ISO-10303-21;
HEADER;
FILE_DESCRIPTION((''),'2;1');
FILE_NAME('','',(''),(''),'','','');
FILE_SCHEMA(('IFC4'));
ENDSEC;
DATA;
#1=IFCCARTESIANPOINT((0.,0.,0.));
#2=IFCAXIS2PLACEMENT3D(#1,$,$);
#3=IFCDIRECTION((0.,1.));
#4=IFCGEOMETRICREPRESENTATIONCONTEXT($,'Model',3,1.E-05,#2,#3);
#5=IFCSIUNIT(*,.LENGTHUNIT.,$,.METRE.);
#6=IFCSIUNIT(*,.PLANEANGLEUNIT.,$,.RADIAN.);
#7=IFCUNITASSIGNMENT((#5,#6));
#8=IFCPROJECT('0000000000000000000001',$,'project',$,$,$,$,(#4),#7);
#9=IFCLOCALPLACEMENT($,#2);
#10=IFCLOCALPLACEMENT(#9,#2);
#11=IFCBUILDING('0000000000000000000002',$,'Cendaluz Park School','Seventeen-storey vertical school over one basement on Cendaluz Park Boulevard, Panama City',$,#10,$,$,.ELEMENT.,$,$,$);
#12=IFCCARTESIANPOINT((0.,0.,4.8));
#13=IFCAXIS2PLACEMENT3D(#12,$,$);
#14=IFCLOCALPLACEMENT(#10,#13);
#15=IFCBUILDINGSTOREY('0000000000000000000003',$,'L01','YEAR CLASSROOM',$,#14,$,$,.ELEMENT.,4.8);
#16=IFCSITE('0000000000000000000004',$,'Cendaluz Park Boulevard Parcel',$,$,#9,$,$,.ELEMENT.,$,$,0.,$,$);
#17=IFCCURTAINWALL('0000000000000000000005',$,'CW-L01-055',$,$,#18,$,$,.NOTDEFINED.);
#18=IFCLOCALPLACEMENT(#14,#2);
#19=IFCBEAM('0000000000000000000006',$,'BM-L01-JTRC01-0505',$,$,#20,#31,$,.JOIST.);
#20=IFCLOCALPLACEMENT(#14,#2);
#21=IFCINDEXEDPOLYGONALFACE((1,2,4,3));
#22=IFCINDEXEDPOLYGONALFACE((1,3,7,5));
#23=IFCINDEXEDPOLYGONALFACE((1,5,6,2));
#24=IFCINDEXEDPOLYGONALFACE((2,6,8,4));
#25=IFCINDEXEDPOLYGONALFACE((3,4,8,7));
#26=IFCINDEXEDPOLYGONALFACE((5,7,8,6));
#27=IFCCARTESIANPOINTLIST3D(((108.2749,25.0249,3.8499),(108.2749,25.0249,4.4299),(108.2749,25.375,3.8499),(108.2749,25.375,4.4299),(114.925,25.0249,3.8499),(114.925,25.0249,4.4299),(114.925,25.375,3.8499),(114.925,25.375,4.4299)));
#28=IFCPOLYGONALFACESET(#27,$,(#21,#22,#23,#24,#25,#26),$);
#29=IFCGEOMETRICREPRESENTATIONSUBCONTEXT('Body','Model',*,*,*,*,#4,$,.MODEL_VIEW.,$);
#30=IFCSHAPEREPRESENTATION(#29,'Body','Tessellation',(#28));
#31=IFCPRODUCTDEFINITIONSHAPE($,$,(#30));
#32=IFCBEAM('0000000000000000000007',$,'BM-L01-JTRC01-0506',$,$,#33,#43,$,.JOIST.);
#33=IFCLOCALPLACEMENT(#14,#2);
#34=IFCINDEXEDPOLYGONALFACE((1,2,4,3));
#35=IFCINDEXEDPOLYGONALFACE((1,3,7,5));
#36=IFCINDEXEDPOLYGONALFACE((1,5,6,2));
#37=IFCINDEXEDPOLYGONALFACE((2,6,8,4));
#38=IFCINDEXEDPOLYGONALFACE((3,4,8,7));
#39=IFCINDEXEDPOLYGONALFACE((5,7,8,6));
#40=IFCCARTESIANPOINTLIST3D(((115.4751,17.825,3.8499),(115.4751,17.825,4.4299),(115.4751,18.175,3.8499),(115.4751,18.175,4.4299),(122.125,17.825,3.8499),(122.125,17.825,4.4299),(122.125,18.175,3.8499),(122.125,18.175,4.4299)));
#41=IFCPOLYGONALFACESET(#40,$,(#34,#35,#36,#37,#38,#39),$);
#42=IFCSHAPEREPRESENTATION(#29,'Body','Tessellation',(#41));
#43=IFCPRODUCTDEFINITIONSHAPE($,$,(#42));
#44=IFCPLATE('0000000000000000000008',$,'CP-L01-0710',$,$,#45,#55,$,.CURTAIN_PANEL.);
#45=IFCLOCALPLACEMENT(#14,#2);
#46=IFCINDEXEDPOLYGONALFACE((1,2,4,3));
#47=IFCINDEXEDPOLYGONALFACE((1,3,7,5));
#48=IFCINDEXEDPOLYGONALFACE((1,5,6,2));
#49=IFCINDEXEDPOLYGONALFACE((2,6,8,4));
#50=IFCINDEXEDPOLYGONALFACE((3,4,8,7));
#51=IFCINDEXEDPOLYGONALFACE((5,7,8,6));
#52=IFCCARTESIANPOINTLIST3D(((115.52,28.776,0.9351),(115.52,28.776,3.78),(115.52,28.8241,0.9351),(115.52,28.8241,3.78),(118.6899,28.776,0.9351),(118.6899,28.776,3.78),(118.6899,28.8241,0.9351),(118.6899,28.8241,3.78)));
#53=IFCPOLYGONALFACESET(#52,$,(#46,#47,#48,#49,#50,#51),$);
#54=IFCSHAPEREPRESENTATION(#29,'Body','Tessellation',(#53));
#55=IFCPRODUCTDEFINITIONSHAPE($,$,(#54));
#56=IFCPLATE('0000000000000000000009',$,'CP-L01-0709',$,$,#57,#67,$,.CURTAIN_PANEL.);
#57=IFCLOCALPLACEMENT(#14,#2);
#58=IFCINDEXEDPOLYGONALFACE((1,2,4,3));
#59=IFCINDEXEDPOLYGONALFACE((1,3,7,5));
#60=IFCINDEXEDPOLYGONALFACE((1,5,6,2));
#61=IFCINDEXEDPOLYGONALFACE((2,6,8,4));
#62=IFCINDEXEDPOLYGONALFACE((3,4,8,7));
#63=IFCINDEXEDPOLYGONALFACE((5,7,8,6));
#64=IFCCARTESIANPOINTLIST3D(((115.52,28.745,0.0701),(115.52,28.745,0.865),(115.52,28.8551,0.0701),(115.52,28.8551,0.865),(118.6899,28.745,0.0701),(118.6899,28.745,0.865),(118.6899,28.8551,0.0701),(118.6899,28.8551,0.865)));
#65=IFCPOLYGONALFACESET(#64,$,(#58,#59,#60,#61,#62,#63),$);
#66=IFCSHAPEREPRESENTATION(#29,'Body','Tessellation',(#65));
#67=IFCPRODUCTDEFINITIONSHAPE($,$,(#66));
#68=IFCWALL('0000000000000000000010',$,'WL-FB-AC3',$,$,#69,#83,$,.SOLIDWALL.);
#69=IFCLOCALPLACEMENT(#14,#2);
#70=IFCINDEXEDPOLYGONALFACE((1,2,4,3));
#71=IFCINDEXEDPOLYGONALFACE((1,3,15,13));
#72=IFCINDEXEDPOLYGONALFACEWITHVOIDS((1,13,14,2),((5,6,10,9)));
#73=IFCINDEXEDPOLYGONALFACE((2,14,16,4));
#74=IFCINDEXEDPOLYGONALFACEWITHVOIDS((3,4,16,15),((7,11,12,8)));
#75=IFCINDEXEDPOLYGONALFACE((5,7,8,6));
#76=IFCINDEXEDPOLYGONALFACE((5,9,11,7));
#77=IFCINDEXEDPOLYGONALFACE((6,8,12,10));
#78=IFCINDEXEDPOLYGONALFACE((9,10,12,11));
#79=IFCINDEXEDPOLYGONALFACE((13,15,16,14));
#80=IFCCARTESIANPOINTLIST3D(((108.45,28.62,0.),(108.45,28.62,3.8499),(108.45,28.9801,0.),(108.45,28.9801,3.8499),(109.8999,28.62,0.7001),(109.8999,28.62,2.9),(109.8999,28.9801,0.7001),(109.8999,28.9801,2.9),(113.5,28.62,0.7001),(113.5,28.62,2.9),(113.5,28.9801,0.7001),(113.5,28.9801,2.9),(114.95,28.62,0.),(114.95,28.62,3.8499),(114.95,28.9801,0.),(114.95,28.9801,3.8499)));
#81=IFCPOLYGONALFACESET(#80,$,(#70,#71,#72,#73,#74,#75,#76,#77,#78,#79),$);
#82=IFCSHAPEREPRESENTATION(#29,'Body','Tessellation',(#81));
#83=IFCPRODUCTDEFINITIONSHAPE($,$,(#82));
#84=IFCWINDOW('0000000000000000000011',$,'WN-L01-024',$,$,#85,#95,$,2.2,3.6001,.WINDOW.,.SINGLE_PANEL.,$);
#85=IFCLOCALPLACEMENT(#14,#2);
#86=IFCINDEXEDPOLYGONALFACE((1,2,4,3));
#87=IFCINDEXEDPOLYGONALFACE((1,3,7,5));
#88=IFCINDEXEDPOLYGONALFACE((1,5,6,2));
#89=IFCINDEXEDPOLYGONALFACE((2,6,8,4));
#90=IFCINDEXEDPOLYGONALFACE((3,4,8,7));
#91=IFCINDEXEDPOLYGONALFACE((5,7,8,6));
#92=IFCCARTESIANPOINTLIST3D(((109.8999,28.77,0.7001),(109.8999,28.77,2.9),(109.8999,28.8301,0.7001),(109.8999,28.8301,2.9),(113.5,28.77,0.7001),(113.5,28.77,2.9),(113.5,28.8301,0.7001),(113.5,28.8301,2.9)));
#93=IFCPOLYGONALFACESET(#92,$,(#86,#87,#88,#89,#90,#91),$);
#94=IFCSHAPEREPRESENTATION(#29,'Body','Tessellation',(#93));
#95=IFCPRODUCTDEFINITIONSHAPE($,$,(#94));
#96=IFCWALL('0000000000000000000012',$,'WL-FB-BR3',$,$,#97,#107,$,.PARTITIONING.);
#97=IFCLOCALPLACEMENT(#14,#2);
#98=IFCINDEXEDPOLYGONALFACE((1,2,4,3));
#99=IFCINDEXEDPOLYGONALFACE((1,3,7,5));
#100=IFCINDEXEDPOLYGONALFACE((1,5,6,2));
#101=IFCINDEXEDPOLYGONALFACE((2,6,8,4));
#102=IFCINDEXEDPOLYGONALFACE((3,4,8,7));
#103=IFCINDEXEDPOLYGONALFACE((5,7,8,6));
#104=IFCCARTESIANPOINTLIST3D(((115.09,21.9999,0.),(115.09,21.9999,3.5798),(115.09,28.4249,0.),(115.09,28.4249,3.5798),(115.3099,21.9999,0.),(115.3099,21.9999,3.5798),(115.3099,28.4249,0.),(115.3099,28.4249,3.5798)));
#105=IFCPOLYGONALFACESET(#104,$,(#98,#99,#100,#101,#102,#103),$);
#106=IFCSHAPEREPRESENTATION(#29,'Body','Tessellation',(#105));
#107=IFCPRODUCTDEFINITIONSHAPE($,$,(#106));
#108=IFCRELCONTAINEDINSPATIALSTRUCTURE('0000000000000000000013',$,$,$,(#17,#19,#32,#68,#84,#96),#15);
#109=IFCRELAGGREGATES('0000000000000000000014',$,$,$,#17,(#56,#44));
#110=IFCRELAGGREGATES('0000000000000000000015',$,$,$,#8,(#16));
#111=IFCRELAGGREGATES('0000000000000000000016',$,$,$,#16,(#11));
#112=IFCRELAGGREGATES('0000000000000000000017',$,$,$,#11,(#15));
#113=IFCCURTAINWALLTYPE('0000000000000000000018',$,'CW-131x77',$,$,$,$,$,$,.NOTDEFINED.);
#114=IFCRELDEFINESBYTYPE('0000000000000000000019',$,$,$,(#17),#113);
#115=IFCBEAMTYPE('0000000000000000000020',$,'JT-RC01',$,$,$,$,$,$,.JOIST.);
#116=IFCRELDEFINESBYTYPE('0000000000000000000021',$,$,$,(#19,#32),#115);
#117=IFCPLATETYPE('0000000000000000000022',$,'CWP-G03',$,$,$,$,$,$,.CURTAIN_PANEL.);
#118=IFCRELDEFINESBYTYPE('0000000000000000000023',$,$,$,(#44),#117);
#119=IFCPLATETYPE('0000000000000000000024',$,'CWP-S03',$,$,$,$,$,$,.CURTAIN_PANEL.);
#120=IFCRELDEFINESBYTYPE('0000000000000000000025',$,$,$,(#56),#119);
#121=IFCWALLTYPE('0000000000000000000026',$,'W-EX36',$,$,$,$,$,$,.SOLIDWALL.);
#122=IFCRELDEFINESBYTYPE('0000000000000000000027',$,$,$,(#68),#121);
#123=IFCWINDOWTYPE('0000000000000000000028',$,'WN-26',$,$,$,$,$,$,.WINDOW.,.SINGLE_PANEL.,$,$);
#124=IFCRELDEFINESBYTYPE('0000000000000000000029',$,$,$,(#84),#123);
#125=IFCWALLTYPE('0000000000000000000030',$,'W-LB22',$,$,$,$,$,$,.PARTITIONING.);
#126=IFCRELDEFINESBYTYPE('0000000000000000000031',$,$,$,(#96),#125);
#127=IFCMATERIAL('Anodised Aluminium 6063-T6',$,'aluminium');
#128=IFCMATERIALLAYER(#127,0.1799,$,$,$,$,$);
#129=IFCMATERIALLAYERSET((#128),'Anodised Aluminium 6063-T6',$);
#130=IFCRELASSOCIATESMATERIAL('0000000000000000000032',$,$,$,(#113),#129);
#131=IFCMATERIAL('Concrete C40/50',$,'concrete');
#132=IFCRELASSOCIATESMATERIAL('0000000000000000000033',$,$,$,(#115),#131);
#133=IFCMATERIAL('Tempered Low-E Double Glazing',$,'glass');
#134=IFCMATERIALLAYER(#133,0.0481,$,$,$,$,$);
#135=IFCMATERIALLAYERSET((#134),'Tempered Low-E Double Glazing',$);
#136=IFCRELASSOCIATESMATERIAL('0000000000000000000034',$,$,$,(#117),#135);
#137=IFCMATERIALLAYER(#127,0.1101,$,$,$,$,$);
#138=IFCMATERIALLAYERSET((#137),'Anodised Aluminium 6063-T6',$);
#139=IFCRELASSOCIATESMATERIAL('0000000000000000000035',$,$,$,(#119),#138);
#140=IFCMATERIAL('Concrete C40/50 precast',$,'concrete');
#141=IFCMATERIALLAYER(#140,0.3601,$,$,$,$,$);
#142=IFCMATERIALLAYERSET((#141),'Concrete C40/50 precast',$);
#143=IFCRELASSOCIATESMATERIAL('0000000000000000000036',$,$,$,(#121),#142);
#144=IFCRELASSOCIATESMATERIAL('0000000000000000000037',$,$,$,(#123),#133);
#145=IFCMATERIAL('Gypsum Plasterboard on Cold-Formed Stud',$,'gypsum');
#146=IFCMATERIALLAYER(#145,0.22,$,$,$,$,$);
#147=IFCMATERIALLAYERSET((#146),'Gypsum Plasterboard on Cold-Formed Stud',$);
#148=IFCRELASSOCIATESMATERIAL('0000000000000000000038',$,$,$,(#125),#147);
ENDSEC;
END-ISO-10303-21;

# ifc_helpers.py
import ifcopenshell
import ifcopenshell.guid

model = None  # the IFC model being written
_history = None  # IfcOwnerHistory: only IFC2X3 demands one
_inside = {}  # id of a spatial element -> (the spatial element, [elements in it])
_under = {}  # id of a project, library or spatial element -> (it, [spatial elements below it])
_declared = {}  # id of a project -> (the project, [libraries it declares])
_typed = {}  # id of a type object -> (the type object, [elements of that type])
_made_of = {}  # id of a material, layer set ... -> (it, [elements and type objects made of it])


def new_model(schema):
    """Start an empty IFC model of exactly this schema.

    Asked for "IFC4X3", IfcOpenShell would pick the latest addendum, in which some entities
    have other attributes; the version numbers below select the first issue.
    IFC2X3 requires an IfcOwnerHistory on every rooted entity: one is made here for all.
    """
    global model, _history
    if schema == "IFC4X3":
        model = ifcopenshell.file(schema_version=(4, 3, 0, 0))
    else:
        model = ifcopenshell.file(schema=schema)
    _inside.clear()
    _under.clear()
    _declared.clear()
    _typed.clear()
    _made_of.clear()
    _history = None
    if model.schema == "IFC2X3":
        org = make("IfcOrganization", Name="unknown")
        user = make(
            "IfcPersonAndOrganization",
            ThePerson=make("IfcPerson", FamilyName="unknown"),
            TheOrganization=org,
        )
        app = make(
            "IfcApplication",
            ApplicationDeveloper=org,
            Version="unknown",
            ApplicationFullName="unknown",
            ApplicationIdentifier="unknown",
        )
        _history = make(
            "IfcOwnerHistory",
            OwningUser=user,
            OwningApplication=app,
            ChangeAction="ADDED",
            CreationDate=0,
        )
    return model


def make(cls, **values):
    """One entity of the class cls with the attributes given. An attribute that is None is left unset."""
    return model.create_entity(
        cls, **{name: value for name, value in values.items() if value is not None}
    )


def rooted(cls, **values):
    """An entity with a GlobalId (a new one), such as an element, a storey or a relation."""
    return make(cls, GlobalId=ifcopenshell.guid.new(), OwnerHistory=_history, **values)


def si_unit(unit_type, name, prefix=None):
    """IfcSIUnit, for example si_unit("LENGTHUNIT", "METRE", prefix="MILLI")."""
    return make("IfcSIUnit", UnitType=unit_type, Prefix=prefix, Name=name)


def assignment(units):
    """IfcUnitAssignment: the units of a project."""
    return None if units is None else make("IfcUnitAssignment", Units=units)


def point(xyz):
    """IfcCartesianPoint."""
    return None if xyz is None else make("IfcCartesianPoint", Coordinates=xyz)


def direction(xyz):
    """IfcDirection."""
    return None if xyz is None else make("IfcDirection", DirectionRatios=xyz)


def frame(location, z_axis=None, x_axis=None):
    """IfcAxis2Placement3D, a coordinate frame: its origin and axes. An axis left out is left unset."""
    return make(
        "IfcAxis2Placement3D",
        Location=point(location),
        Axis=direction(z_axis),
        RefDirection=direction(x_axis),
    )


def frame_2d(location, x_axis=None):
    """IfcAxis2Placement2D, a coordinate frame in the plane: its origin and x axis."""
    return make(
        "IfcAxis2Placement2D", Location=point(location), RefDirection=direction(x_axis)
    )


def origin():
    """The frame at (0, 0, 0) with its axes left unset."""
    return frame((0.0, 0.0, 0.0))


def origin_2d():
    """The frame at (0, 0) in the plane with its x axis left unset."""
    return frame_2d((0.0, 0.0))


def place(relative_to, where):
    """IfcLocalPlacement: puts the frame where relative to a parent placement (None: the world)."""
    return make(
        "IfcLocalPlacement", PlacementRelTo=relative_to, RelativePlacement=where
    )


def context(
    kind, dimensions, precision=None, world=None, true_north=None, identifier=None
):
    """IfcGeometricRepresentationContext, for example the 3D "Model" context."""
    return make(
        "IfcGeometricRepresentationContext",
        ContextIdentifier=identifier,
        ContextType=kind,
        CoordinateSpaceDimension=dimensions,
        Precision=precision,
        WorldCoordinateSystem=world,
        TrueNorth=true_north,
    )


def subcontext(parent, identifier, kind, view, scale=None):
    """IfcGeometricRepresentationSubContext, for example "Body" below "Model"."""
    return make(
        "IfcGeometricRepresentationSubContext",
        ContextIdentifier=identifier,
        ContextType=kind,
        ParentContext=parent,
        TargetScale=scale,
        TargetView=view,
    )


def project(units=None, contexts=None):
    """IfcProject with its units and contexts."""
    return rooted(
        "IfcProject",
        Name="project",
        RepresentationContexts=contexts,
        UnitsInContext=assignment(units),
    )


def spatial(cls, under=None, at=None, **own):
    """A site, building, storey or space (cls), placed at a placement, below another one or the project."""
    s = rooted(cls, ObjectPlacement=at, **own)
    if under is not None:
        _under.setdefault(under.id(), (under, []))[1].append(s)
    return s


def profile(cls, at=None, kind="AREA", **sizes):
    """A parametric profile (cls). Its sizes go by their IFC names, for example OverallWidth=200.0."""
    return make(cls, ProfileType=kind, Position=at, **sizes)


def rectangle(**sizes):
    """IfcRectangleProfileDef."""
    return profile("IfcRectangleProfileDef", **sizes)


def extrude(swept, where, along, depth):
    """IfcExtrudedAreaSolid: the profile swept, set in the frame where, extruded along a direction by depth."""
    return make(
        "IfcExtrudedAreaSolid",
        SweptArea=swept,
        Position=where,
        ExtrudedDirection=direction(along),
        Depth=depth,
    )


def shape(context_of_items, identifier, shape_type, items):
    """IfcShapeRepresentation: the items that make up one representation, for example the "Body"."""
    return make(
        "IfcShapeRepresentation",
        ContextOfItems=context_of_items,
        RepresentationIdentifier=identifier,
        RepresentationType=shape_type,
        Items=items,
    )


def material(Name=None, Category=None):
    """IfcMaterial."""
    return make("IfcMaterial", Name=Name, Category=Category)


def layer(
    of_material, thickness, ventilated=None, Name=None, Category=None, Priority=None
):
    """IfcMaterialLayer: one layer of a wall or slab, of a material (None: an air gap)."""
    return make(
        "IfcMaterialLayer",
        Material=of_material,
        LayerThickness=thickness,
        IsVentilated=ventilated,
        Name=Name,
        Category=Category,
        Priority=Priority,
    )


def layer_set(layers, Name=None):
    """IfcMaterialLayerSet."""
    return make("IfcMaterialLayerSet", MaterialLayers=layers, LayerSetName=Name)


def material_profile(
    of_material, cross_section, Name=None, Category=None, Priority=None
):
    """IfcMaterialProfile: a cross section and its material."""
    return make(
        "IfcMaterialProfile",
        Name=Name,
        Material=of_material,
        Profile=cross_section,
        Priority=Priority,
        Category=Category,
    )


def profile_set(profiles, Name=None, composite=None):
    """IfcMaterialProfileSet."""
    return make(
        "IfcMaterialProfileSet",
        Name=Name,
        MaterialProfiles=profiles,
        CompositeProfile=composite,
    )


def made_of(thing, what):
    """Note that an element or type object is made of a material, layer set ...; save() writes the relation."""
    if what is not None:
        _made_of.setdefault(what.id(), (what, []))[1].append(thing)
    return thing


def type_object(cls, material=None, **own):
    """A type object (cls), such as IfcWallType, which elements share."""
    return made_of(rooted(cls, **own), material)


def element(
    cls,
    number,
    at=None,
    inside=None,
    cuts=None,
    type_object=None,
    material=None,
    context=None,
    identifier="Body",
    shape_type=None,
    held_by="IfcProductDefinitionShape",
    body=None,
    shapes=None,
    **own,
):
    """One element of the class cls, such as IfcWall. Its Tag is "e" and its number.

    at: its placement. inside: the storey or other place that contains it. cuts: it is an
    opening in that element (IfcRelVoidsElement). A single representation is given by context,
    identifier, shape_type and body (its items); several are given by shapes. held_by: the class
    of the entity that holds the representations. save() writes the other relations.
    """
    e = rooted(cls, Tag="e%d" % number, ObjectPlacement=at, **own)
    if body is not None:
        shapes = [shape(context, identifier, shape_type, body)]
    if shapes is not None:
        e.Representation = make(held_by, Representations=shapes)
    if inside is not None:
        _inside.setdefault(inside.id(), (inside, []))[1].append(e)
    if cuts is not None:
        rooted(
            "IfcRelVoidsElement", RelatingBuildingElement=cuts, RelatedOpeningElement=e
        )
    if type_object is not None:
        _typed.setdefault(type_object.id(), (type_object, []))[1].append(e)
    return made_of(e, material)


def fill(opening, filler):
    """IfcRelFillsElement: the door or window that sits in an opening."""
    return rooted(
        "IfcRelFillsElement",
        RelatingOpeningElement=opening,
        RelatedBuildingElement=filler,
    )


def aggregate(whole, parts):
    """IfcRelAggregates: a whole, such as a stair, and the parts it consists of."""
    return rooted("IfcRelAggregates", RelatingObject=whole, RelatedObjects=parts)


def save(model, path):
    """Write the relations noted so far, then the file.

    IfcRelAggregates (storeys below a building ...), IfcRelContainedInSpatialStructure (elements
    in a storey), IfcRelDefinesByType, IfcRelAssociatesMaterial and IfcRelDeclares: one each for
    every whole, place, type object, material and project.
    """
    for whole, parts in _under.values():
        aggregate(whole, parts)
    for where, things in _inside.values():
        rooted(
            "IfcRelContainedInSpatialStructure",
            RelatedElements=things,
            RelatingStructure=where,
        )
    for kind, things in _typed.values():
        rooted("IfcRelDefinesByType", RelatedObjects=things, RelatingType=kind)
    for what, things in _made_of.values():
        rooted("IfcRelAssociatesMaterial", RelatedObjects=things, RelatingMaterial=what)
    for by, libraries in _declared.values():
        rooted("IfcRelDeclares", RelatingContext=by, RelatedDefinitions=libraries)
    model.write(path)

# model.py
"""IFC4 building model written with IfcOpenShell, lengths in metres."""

from ifc_helpers import new_model, si_unit, direction, frame, frame_2d, origin, origin_2d, place, context, subcontext, project, spatial, rectangle, extrude, material, layer, layer_set, material_profile, profile_set, type_object, element, fill, aggregate, save


model = new_model("IFC4")

# Units and contexts
model_context = context("Model", 3, precision=1e-05, world=origin(), true_north=direction((0.0, 1.0)))
body_context = subcontext(model_context, "Body", "Model", "MODEL_VIEW")
ifc_project = project(units=[si_unit("LENGTHUNIT", "METRE"), si_unit("PLANEANGLEUNIT", "RADIAN")], contexts=[model_context])

# Site, building, storey
site_placement = place(None, origin())
site = spatial("IfcSite", under=ifc_project, at=site_placement, Name="Cendaluz Park Boulevard Parcel", CompositionType="ELEMENT", RefElevation=0.0)
building_placement = place(site_placement, origin())
building = spatial("IfcBuilding", under=site, at=building_placement, Name="Cendaluz Park School", Description="Seventeen-storey vertical school over one basement on Cendaluz Park Boulevard, Panama City", CompositionType="ELEMENT")
storey_placement = place(building_placement, frame((0.0, 0.0, 4.8)))
storey = spatial("IfcBuildingStorey", under=building, at=storey_placement, Name="L01", Description="YEAR CLASSROOM", CompositionType="ELEMENT", Elevation=4.8)

# Shared definitions
ifc_material_1 = material(Name="Concrete C40/50", Category="concrete")

# Curtain wall
ifc_material_2 = material(Name="Anodised Aluminium 6063-T6", Category="aluminium")
ifc_layer_1 = layer(ifc_material_2, 0.1799)
ifc_layer_set_1 = layer_set([ifc_layer_1], Name="Anodised Aluminium 6063-T6")
curtain_wall_type = type_object("IfcCurtainWallType", Name="CW-131x77", PredefinedType="NOTDEFINED", material=ifc_layer_set_1)
curtain_wall_placement = place(storey_placement, origin())
curtain_wall = element("IfcCurtainWall", 1, at=curtain_wall_placement, inside=storey, type_object=curtain_wall_type, Name="CW-L01-055", PredefinedType="NOTDEFINED")

# Beams
ifc_material_profile_1 = material_profile(ifc_material_1, rectangle(XDim=0.3501, YDim=0.5801, at=origin_2d()), Name="RC 350x580", Category="concrete")
ifc_profile_set_1 = profile_set([ifc_material_profile_1], Name="Concrete C40/50")
beam_type_1 = type_object("IfcBeamType", Name="JT-RC01", PredefinedType="JOIST", material=ifc_profile_set_1)
beam_1_placement = place(storey_placement, frame((108.2749, 25.2, 4.1399), z_axis=(1.0, 0.0, 0.0), x_axis=(0.0, 1.0, 0.0)))
element("IfcBeam", 2, at=beam_1_placement, inside=storey, type_object=beam_type_1, Name="BM-L01-JTRC01-0505", PredefinedType="JOIST", context=body_context, shape_type="SweptSolid", body=[
    extrude(rectangle(XDim=0.3501, YDim=0.5801, at=origin_2d()), origin(), (0.0, 0.0, 1.0), 6.6501),
])
beam_2_placement = place(storey_placement, frame((115.4751, 18.0, 4.1399), z_axis=(1.0, 0.0, 0.0), x_axis=(0.0, 1.0, 0.0)))
element("IfcBeam", 3, at=beam_2_placement, inside=storey, type_object=beam_type_1, Name="BM-L01-JTRC01-0506", PredefinedType="JOIST", context=body_context, shape_type="SweptSolid", body=[
    extrude(rectangle(XDim=0.3501, YDim=0.5801, at=origin_2d()), origin(), (0.0, 0.0, 1.0), 6.6499),
])

# Plates
ifc_material_3 = material(Name="Tempered Low-E Double Glazing", Category="glass")
ifc_layer_2 = layer(ifc_material_3, 0.0481)
ifc_layer_set_2 = layer_set([ifc_layer_2], Name="Tempered Low-E Double Glazing")
plate_type_1 = type_object("IfcPlateType", Name="CWP-G03", PredefinedType="CURTAIN_PANEL", material=ifc_layer_set_2)
plate_1_placement = place(storey_placement, frame((117.105, 28.8, 0.9351), z_axis=(0.0, 0.0, 1.0), x_axis=(1.0, 0.0, 0.0)))
plate_1 = element("IfcPlate", 4, at=plate_1_placement, type_object=plate_type_1, Name="CP-L01-0710", PredefinedType="CURTAIN_PANEL", context=body_context, shape_type="SweptSolid", body=[
    extrude(rectangle(XDim=3.1699, YDim=0.0481, at=origin_2d()), origin(), (0.0, 0.0, 1.0), 2.845),
])
ifc_layer_3 = layer(ifc_material_2, 0.1101)
ifc_layer_set_3 = layer_set([ifc_layer_3], Name="Anodised Aluminium 6063-T6")
plate_type_2 = type_object("IfcPlateType", Name="CWP-S03", PredefinedType="CURTAIN_PANEL", material=ifc_layer_set_3)
plate_2_placement = place(storey_placement, frame((117.105, 28.8, 0.0701), z_axis=(0.0, 0.0, 1.0), x_axis=(1.0, 0.0, 0.0)))
plate_2 = element("IfcPlate", 5, at=plate_2_placement, type_object=plate_type_2, Name="CP-L01-0709", PredefinedType="CURTAIN_PANEL", context=body_context, shape_type="SweptSolid", body=[
    extrude(rectangle(XDim=3.1699, YDim=0.1101, at=origin_2d()), origin(), (0.0, 0.0, 1.0), 0.7949),
])
aggregate(curtain_wall, [plate_2, plate_1])

# Wall, opening, window
ifc_material_4 = material(Name="Concrete C40/50 precast", Category="concrete")
ifc_layer_4 = layer(ifc_material_4, 0.3601)
ifc_layer_set_4 = layer_set([ifc_layer_4], Name="Concrete C40/50 precast")
wall_type_1 = type_object("IfcWallType", Name="W-EX36", PredefinedType="SOLIDWALL", material=ifc_layer_set_4)
wall_1_placement = place(storey_placement, frame((108.45, 28.8, 0.0), z_axis=(0.0, 0.0, 1.0), x_axis=(1.0, 0.0, 0.0)))
wall_1 = element("IfcWall", 6, at=wall_1_placement, inside=storey, type_object=wall_type_1, Name="WL-FB-AC3", PredefinedType="SOLIDWALL", context=body_context, shape_type="SweptSolid", body=[
    extrude(rectangle(XDim=6.5, YDim=0.3601, at=frame_2d((3.25, 0.0))), origin(), (0.0, 0.0, 1.0), 3.8499),
])
opening_placement = place(wall_1_placement, frame((1.45, 0.0, 0.7)))
opening = element("IfcOpeningElement", 7, at=opening_placement, cuts=wall_1, PredefinedType="OPENING", context=body_context, shape_type="SweptSolid", body=[
    extrude(rectangle(XDim=3.6001, YDim=2.2, at=frame_2d((1.8, 1.1001))), frame((0.0, 0.1921, 0.0), z_axis=(0.0, -1.0, 0.0), x_axis=(1.0, 0.0, 0.0)), (0.0, 0.0, 1.0), 0.384),
])
window_type = type_object("IfcWindowType", Name="WN-26", PartitioningType="SINGLE_PANEL", PredefinedType="WINDOW", material=ifc_material_3)
window_placement = place(opening_placement, origin())
window = element("IfcWindow", 8, at=window_placement, inside=storey, type_object=window_type, Name="WN-L01-024", OverallHeight=2.2, OverallWidth=3.6001, PartitioningType="SINGLE_PANEL", PredefinedType="WINDOW", context=body_context, shape_type="SweptSolid", body=[
    extrude(rectangle(XDim=3.6001, YDim=2.2, at=frame_2d((1.8, 1.1001))), frame((0.0, 0.03, 0.0), z_axis=(0.0, -1.0, 0.0), x_axis=(1.0, 0.0, 0.0)), (0.0, 0.0, 1.0), 0.0601),
])
fill(opening, window)

# Wall
ifc_material_5 = material(Name="Gypsum Plasterboard on Cold-Formed Stud", Category="gypsum")
ifc_layer_5 = layer(ifc_material_5, 0.22)
ifc_layer_set_5 = layer_set([ifc_layer_5], Name="Gypsum Plasterboard on Cold-Formed Stud")
wall_type_2 = type_object("IfcWallType", Name="W-LB22", PredefinedType="PARTITIONING", material=ifc_layer_set_5)
wall_2_placement = place(storey_placement, frame((115.2, 22.0, 0.0), z_axis=(0.0, 0.0, 1.0), x_axis=(0.0, 1.0, 0.0)))
element("IfcWall", 9, at=wall_2_placement, inside=storey, type_object=wall_type_2, Name="WL-FB-BR3", PredefinedType="PARTITIONING", context=body_context, shape_type="SweptSolid", body=[
    extrude(rectangle(XDim=6.425, YDim=0.22, at=frame_2d((3.2124, 0.0))), origin(), (0.0, 0.0, 1.0), 3.5798),
])

save(model, "model.ifc")
